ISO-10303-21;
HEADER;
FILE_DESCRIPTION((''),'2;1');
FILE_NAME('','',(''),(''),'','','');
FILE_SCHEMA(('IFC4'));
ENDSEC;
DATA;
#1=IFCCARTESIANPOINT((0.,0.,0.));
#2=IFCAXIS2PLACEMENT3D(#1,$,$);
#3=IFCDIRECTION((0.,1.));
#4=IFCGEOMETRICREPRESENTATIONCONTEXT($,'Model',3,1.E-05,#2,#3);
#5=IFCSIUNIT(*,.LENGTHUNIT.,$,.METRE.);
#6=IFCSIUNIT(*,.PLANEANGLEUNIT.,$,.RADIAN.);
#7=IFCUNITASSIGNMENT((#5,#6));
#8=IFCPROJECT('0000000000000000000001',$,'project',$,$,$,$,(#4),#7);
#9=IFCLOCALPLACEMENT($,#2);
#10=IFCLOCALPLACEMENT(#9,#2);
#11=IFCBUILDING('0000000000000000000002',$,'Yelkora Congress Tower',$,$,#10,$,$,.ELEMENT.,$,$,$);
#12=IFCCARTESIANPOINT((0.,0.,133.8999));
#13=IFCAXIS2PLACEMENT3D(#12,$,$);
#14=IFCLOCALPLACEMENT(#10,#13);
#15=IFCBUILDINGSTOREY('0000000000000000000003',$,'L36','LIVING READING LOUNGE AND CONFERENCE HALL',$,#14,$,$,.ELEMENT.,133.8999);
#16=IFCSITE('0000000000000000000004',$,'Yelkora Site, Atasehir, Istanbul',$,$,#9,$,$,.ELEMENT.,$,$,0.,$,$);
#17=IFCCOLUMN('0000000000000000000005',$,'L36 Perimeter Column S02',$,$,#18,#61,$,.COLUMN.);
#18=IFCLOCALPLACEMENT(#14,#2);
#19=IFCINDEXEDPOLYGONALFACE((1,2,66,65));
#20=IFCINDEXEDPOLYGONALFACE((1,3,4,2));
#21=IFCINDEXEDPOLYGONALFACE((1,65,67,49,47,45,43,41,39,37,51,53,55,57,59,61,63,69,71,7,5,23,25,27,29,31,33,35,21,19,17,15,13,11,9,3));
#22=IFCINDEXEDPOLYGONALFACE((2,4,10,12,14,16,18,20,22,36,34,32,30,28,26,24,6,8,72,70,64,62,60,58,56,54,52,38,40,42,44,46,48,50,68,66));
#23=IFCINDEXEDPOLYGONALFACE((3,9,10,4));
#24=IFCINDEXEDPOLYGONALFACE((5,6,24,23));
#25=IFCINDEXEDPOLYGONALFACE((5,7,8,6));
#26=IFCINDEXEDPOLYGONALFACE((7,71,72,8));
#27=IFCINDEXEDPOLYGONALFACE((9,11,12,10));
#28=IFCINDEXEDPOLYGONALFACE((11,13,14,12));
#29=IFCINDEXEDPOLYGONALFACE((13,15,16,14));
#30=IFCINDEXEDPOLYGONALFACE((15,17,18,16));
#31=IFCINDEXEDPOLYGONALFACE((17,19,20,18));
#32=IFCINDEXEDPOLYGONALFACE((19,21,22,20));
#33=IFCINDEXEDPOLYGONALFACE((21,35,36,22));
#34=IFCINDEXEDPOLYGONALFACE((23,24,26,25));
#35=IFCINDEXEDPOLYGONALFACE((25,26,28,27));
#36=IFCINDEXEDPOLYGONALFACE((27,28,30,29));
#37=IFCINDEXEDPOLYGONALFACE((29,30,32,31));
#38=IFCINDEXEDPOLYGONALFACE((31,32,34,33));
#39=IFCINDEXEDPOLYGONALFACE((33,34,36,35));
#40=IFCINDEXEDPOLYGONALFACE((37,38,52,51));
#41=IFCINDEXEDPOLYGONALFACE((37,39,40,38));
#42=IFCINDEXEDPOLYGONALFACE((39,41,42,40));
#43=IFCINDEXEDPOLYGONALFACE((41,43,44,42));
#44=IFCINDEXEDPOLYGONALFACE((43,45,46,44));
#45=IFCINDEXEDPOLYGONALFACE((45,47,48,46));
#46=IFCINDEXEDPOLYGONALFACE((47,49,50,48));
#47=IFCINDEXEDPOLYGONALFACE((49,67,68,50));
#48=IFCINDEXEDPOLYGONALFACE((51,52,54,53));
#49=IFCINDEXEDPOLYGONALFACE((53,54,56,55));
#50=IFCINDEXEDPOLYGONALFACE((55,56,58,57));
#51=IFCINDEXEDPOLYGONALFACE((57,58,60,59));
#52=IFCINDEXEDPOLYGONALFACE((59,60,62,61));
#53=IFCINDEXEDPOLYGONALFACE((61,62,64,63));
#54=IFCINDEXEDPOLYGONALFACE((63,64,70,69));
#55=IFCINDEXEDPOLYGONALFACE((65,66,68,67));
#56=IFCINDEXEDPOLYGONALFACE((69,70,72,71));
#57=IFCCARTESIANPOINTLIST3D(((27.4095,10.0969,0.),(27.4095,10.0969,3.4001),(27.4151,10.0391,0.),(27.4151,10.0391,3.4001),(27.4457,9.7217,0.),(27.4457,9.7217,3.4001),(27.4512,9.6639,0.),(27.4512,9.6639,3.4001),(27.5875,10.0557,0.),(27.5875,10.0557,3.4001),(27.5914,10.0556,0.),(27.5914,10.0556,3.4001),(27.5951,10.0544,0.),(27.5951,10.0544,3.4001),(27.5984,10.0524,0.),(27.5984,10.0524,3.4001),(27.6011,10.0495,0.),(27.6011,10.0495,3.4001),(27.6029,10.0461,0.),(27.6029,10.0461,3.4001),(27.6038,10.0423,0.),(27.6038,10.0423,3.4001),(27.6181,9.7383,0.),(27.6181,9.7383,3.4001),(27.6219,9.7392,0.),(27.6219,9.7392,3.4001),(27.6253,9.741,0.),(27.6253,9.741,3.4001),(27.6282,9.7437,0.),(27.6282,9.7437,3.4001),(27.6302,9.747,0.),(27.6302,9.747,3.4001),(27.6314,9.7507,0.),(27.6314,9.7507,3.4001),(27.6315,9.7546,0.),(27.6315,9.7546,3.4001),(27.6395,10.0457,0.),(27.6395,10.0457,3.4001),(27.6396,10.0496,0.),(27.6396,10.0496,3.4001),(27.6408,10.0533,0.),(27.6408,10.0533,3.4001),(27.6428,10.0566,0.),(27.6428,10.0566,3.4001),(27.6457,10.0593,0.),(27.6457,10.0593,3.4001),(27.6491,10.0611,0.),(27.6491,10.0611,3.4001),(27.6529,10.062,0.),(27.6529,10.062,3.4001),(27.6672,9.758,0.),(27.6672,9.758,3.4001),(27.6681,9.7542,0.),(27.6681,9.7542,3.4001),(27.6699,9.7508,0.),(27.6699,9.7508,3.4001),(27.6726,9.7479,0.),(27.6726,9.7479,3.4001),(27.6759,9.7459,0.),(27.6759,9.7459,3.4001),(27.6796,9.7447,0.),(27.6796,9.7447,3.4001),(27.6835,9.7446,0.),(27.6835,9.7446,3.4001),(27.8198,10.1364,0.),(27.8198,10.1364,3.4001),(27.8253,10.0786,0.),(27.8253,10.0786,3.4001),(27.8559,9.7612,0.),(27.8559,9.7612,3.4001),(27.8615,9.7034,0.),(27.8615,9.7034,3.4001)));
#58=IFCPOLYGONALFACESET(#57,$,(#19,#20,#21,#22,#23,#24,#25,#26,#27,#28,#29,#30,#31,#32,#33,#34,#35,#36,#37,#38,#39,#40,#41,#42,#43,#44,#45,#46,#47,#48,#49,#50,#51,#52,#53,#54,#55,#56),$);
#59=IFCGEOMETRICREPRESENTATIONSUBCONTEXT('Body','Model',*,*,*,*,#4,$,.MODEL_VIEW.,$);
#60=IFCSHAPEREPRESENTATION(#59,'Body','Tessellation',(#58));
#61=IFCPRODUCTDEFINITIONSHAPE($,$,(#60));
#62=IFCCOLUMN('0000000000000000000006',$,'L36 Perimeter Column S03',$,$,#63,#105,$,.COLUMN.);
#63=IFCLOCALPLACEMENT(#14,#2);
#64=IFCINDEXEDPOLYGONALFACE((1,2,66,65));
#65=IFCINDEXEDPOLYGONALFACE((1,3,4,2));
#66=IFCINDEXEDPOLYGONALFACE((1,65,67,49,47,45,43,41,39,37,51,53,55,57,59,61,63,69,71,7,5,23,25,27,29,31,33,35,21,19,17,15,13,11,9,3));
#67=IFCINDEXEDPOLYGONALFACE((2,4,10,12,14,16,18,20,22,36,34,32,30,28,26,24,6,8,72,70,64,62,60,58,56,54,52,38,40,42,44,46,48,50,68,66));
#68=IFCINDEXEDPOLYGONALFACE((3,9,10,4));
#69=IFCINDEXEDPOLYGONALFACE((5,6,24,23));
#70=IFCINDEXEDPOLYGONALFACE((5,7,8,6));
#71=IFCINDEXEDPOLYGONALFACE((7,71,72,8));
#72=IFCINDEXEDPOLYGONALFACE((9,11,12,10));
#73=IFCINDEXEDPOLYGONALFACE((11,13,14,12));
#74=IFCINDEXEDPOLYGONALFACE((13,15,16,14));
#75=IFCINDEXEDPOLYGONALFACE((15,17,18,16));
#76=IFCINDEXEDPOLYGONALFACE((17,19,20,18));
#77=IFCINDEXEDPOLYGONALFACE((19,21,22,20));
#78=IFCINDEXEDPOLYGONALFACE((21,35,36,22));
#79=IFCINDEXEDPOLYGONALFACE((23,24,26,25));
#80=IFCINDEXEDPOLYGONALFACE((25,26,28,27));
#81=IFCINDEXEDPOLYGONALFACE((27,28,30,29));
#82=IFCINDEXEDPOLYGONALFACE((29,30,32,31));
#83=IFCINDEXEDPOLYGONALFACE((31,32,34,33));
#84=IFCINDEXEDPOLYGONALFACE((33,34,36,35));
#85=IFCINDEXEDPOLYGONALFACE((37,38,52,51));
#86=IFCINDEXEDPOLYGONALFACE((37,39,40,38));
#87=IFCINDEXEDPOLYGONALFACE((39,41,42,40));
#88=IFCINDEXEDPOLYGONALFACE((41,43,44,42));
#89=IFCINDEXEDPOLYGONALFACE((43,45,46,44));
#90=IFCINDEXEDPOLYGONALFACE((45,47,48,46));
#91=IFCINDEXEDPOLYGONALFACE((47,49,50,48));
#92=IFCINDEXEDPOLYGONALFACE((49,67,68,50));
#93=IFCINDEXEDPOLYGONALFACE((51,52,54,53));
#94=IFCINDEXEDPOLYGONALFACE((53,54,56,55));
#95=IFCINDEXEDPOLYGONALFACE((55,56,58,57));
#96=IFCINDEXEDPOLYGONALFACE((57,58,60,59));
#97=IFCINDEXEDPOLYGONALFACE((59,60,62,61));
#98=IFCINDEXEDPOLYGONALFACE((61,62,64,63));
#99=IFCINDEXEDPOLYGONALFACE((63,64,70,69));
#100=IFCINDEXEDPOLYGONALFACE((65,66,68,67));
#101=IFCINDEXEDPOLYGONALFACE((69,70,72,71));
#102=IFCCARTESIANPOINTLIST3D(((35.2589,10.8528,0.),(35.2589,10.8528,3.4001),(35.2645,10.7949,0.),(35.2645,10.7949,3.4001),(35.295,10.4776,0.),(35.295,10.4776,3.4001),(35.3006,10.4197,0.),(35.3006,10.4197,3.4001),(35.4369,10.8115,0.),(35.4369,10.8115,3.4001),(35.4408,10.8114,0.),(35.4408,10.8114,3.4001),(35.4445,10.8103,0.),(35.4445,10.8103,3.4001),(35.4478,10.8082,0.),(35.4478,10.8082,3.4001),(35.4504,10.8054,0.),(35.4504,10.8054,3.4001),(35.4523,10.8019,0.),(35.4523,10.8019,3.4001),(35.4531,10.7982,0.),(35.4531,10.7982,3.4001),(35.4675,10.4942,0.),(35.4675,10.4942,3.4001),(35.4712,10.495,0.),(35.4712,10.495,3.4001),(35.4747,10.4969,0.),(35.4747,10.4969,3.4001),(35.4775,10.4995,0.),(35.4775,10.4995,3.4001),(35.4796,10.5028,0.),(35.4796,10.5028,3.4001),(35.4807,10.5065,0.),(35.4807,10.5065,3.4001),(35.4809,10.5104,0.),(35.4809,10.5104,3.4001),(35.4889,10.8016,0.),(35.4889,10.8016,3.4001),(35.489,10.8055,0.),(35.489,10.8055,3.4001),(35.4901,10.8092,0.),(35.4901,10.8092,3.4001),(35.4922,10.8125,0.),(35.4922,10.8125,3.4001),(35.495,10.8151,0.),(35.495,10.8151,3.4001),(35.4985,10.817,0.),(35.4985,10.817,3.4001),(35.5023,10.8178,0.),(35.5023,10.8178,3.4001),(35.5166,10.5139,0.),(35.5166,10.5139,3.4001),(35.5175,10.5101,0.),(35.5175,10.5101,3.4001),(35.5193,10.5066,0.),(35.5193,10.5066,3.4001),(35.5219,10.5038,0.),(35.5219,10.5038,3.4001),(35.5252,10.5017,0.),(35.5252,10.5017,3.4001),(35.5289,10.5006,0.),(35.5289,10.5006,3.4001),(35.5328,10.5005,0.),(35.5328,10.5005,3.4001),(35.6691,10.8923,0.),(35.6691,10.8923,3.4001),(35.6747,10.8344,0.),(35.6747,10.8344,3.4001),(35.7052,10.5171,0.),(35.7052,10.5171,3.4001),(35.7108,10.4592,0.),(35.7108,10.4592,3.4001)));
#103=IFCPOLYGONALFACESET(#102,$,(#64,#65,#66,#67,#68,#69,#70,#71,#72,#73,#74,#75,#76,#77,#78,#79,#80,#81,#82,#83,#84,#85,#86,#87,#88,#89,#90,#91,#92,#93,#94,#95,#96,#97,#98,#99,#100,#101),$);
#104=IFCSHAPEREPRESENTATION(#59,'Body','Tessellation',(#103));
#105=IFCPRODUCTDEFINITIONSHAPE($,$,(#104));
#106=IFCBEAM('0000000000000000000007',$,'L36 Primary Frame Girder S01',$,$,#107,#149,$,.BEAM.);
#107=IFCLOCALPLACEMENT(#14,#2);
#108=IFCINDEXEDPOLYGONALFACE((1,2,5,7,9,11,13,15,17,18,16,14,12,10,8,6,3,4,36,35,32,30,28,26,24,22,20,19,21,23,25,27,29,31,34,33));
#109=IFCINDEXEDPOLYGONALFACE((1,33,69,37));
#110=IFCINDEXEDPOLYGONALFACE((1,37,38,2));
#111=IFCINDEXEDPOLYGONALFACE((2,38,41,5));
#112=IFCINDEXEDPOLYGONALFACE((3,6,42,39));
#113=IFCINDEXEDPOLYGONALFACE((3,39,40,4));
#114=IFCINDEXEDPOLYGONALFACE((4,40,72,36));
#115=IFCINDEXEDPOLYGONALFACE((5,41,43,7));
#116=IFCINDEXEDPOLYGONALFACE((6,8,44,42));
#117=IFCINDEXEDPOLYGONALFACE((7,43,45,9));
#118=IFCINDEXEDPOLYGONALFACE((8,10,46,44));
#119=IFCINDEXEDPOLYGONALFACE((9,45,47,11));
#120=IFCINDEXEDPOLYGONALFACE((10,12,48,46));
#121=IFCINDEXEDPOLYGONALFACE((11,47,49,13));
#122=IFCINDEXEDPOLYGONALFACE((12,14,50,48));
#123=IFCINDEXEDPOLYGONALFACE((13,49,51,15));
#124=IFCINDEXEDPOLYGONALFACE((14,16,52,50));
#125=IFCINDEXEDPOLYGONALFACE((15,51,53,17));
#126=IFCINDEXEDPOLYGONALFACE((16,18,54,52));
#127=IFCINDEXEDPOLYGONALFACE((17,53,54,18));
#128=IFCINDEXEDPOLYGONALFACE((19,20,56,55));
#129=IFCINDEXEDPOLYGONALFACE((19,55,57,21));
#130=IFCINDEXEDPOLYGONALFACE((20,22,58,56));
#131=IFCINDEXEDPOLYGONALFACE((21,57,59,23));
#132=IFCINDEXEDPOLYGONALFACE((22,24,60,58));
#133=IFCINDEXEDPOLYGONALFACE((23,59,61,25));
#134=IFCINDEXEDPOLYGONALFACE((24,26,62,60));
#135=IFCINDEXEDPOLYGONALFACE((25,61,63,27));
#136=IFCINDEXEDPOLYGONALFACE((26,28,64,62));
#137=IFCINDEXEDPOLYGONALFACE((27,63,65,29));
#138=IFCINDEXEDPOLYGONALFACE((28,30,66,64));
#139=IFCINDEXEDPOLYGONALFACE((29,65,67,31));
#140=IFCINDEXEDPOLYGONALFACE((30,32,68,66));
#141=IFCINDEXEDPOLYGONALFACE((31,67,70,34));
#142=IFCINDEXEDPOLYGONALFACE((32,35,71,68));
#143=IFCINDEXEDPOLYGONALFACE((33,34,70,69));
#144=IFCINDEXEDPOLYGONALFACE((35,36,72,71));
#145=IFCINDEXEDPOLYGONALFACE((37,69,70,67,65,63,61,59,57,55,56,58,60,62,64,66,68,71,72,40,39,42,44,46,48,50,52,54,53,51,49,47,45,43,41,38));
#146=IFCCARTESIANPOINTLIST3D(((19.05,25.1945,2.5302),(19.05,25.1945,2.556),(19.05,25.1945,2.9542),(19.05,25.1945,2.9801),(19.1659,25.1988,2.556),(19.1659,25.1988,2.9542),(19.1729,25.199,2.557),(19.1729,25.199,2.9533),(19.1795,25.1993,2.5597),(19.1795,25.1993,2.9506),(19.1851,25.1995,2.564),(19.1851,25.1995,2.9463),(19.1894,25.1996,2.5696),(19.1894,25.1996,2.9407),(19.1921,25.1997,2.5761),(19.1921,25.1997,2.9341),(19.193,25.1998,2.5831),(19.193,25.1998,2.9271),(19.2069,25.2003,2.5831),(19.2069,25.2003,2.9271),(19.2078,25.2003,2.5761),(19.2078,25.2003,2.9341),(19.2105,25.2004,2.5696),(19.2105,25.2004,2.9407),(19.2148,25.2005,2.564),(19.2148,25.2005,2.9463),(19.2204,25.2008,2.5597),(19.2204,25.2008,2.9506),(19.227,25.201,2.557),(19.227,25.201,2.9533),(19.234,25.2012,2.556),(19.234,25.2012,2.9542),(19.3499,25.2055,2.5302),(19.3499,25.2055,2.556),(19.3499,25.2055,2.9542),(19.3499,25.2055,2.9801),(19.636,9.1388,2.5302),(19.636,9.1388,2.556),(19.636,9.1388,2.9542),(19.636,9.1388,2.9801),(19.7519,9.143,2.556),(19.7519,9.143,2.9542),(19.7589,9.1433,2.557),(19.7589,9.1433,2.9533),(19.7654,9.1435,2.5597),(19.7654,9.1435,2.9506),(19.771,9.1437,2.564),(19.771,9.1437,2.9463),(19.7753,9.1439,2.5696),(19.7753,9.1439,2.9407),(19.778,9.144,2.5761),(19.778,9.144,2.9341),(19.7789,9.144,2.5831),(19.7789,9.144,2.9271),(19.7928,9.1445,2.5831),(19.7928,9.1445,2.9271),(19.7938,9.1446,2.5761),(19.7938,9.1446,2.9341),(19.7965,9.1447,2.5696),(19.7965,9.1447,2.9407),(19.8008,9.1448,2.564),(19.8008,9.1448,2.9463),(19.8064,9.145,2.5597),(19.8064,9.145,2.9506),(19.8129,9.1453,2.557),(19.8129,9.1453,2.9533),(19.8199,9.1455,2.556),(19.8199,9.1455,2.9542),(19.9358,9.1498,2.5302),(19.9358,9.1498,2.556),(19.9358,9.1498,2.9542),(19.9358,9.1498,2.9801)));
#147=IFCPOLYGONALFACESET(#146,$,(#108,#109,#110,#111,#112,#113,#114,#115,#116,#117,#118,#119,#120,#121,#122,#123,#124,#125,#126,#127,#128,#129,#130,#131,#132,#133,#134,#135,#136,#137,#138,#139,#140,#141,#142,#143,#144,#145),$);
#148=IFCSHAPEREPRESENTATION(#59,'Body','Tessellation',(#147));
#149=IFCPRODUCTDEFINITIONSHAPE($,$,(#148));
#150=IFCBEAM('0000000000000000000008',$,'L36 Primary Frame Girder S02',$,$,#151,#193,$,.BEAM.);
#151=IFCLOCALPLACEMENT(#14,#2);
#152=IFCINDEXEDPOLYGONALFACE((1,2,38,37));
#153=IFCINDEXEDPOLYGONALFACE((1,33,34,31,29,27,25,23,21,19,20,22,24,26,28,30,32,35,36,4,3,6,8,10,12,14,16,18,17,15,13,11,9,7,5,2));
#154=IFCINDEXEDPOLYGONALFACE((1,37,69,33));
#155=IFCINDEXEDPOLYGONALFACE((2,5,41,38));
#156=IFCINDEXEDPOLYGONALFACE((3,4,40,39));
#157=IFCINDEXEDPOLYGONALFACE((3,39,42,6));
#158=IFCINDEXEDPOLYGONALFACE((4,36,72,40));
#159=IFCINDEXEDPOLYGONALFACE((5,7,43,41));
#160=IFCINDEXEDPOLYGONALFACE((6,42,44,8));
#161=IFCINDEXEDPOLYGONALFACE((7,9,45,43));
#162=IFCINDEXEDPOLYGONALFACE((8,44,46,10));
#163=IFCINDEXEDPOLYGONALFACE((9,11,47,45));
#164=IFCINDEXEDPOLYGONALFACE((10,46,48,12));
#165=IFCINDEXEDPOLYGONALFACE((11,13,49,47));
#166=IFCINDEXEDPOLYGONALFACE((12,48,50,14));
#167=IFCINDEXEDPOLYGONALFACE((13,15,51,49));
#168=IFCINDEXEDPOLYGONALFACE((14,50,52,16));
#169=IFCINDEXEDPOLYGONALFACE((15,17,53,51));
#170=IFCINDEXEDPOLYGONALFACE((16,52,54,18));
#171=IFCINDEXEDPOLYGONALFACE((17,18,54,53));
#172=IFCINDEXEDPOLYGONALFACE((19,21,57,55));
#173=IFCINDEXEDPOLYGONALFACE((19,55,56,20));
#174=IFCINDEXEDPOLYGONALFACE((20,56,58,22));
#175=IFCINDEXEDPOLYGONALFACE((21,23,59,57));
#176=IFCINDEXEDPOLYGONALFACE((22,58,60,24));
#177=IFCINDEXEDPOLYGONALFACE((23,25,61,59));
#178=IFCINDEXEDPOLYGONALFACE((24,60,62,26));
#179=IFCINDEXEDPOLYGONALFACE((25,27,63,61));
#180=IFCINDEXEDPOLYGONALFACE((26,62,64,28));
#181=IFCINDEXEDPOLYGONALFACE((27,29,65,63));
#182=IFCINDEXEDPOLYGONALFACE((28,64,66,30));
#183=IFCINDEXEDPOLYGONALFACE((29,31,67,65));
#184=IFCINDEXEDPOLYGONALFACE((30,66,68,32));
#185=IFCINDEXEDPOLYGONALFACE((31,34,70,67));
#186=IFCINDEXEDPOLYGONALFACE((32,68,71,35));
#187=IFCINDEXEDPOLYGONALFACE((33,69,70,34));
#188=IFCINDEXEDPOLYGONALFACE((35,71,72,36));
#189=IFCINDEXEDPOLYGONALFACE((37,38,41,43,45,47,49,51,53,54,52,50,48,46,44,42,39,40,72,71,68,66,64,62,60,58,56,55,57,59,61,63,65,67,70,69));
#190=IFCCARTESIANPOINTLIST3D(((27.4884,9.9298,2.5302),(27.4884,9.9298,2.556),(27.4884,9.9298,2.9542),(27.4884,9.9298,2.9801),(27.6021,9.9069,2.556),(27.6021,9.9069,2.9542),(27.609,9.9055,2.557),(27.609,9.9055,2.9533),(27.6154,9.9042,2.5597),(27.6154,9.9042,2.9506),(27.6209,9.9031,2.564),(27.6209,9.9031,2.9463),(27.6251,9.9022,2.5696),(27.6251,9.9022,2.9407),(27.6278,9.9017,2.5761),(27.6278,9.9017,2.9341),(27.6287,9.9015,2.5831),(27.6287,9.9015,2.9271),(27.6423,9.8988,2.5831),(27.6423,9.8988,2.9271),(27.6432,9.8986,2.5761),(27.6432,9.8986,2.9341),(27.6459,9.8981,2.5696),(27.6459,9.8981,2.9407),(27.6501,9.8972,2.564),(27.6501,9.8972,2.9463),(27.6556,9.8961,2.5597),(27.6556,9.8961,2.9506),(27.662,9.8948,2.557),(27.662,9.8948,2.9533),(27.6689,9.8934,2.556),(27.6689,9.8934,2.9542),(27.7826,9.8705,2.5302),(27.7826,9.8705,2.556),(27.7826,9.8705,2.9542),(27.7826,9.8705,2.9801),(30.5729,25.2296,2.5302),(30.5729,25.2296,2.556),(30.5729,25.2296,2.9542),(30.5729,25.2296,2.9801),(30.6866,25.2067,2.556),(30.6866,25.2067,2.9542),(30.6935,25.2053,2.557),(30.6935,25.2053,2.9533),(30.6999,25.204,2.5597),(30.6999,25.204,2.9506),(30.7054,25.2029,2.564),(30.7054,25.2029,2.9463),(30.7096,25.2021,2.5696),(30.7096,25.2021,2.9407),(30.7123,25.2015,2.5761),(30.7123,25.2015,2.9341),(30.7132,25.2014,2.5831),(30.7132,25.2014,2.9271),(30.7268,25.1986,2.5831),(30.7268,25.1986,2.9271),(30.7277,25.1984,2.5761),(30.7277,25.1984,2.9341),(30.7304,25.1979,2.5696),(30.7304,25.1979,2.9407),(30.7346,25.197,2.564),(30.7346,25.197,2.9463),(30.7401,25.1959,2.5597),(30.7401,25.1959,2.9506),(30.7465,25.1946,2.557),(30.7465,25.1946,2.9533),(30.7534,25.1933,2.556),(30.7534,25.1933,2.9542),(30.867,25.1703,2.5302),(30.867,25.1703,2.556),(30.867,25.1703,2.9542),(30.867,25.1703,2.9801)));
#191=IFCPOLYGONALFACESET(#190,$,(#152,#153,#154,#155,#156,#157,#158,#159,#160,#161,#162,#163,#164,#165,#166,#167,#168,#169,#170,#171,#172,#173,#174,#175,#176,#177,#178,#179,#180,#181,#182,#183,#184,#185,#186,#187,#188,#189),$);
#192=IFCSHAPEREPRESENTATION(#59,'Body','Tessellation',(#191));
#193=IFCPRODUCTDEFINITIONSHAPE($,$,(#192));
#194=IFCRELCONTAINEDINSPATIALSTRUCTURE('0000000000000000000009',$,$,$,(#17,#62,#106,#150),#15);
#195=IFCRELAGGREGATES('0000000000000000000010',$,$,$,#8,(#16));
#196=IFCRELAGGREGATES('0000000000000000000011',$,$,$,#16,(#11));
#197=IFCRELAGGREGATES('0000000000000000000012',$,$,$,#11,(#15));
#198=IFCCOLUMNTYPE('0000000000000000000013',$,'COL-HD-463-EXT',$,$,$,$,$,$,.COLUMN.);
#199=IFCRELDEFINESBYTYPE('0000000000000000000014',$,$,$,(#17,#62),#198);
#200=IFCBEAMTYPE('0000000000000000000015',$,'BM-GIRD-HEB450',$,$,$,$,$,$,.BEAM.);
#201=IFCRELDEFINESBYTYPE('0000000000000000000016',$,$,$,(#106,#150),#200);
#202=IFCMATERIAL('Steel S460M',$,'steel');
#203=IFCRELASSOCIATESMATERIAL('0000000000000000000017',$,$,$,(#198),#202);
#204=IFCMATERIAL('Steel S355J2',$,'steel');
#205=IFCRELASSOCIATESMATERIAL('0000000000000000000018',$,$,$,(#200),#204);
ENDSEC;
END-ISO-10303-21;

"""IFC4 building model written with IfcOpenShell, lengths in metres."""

from ifc_helpers import new_model, si_unit, direction, frame, origin, origin_2d, place, context, subcontext, project, spatial, i_section, extrude, material, material_profile, profile_set, type_object, element, save


model = new_model("IFC4")

# Units and contexts
model_context = context("Model", 3, precision=1e-05, world=origin(), true_north=direction((0.0, 1.0)))
body_context = subcontext(model_context, "Body", "Model", "MODEL_VIEW")
ifc_project = project(units=[si_unit("LENGTHUNIT", "METRE"), si_unit("PLANEANGLEUNIT", "RADIAN")], contexts=[model_context])

# Site, building, storey
site_placement = place(None, origin())
site = spatial("IfcSite", under=ifc_project, at=site_placement, Name="Yelkora Site, Atasehir, Istanbul", CompositionType="ELEMENT", RefElevation=0.0)
building_placement = place(site_placement, origin())
building = spatial("IfcBuilding", under=site, at=building_placement, Name="Yelkora Congress Tower", CompositionType="ELEMENT")
storey_placement = place(building_placement, frame((0.0, 0.0, 133.8999)))
storey = spatial("IfcBuildingStorey", under=building, at=storey_placement, Name="L36", Description="LIVING READING LOUNGE AND CONFERENCE HALL", CompositionType="ELEMENT", Elevation=133.8999)

# Columns
ifc_material_1 = material(Name="Steel S460M", Category="steel")
ifc_material_profile_1 = material_profile(ifc_material_1, i_section(OverallWidth=0.4121, OverallDepth=0.4351, WebThickness=0.0359, FlangeThickness=0.0581, FilletRadius=0.0149, at=origin_2d()), Name="HD 400x463")
ifc_profile_set_1 = profile_set([ifc_material_profile_1], Name="Steel S460M")
column_type = type_object("IfcColumnType", Name="COL-HD-463-EXT", PredefinedType="COLUMN", material=ifc_profile_set_1)
for number, where, z_axis, x_axis, name in (
    (1, (27.6355, 9.9001, 0.0), (0.0, 0.0, 1.0), (0.995396, 0.095846, 0.0), "L36 Perimeter Column S02"),
    (2, (35.4849, 10.656, 0.0), (0.0, 0.0, 1.0), (0.995396, 0.095846, 0.0), "L36 Perimeter Column S03"),
):
    element("IfcColumn", number, at=place(storey_placement, frame(where, z_axis=z_axis, x_axis=x_axis)), inside=storey, type_object=column_type, Name=name, PredefinedType="COLUMN", context=body_context, shape_type="SweptSolid", body=[
        extrude(i_section(OverallWidth=0.4121, OverallDepth=0.4351, WebThickness=0.0359, FlangeThickness=0.0581, FilletRadius=0.0149, at=origin_2d()), origin(), (0.0, 0.0, 1.0), 3.4001),
    ])

# Beams
ifc_material_2 = material(Name="Steel S355J2", Category="steel")
ifc_material_profile_2 = material_profile(ifc_material_2, i_section(OverallWidth=0.3, OverallDepth=0.45, WebThickness=0.0139, FlangeThickness=0.0259, FilletRadius=0.0271, at=origin_2d()), Name="HEB 450")
ifc_profile_set_2 = profile_set([ifc_material_profile_2], Name="Steel S355J2")
beam_type_1 = type_object("IfcBeamType", Name="BM-GIRD-HEB450", PredefinedType="BEAM", material=ifc_profile_set_2)
beam_1_placement = place(storey_placement, frame((19.7859, 9.1443, 2.7551), z_axis=(-0.03647, 0.999335, 0.0), x_axis=(-0.999335, -0.03647, 0.0)))
element("IfcBeam", 3, at=beam_1_placement, inside=storey, type_object=beam_type_1, Name="L36 Primary Frame Girder S01", PredefinedType="BEAM", context=body_context, shape_type="SweptSolid", body=[
    extrude(i_section(OverallWidth=0.3, OverallDepth=0.45, WebThickness=0.0139, FlangeThickness=0.0259, FilletRadius=0.0271, at=origin_2d()), origin(), (0.0, 0.0, 1.0), 16.0664),
])
beam_2_placement = place(storey_placement, frame((27.6355, 9.9001, 2.7551), z_axis=(0.197626, 0.980277, 0.0), x_axis=(-0.980277, 0.197626, 0.0)))
element("IfcBeam", 4, at=beam_2_placement, inside=storey, type_object=beam_type_1, Name="L36 Primary Frame Girder S02", PredefinedType="BEAM", context=body_context, shape_type="SweptSolid", body=[
    extrude(i_section(OverallWidth=0.3, OverallDepth=0.45, WebThickness=0.0139, FlangeThickness=0.0259, FilletRadius=0.0271, at=origin_2d()), origin(), (0.0, 0.0, 1.0), 15.6077),
])

save(model, "model.ifc")
